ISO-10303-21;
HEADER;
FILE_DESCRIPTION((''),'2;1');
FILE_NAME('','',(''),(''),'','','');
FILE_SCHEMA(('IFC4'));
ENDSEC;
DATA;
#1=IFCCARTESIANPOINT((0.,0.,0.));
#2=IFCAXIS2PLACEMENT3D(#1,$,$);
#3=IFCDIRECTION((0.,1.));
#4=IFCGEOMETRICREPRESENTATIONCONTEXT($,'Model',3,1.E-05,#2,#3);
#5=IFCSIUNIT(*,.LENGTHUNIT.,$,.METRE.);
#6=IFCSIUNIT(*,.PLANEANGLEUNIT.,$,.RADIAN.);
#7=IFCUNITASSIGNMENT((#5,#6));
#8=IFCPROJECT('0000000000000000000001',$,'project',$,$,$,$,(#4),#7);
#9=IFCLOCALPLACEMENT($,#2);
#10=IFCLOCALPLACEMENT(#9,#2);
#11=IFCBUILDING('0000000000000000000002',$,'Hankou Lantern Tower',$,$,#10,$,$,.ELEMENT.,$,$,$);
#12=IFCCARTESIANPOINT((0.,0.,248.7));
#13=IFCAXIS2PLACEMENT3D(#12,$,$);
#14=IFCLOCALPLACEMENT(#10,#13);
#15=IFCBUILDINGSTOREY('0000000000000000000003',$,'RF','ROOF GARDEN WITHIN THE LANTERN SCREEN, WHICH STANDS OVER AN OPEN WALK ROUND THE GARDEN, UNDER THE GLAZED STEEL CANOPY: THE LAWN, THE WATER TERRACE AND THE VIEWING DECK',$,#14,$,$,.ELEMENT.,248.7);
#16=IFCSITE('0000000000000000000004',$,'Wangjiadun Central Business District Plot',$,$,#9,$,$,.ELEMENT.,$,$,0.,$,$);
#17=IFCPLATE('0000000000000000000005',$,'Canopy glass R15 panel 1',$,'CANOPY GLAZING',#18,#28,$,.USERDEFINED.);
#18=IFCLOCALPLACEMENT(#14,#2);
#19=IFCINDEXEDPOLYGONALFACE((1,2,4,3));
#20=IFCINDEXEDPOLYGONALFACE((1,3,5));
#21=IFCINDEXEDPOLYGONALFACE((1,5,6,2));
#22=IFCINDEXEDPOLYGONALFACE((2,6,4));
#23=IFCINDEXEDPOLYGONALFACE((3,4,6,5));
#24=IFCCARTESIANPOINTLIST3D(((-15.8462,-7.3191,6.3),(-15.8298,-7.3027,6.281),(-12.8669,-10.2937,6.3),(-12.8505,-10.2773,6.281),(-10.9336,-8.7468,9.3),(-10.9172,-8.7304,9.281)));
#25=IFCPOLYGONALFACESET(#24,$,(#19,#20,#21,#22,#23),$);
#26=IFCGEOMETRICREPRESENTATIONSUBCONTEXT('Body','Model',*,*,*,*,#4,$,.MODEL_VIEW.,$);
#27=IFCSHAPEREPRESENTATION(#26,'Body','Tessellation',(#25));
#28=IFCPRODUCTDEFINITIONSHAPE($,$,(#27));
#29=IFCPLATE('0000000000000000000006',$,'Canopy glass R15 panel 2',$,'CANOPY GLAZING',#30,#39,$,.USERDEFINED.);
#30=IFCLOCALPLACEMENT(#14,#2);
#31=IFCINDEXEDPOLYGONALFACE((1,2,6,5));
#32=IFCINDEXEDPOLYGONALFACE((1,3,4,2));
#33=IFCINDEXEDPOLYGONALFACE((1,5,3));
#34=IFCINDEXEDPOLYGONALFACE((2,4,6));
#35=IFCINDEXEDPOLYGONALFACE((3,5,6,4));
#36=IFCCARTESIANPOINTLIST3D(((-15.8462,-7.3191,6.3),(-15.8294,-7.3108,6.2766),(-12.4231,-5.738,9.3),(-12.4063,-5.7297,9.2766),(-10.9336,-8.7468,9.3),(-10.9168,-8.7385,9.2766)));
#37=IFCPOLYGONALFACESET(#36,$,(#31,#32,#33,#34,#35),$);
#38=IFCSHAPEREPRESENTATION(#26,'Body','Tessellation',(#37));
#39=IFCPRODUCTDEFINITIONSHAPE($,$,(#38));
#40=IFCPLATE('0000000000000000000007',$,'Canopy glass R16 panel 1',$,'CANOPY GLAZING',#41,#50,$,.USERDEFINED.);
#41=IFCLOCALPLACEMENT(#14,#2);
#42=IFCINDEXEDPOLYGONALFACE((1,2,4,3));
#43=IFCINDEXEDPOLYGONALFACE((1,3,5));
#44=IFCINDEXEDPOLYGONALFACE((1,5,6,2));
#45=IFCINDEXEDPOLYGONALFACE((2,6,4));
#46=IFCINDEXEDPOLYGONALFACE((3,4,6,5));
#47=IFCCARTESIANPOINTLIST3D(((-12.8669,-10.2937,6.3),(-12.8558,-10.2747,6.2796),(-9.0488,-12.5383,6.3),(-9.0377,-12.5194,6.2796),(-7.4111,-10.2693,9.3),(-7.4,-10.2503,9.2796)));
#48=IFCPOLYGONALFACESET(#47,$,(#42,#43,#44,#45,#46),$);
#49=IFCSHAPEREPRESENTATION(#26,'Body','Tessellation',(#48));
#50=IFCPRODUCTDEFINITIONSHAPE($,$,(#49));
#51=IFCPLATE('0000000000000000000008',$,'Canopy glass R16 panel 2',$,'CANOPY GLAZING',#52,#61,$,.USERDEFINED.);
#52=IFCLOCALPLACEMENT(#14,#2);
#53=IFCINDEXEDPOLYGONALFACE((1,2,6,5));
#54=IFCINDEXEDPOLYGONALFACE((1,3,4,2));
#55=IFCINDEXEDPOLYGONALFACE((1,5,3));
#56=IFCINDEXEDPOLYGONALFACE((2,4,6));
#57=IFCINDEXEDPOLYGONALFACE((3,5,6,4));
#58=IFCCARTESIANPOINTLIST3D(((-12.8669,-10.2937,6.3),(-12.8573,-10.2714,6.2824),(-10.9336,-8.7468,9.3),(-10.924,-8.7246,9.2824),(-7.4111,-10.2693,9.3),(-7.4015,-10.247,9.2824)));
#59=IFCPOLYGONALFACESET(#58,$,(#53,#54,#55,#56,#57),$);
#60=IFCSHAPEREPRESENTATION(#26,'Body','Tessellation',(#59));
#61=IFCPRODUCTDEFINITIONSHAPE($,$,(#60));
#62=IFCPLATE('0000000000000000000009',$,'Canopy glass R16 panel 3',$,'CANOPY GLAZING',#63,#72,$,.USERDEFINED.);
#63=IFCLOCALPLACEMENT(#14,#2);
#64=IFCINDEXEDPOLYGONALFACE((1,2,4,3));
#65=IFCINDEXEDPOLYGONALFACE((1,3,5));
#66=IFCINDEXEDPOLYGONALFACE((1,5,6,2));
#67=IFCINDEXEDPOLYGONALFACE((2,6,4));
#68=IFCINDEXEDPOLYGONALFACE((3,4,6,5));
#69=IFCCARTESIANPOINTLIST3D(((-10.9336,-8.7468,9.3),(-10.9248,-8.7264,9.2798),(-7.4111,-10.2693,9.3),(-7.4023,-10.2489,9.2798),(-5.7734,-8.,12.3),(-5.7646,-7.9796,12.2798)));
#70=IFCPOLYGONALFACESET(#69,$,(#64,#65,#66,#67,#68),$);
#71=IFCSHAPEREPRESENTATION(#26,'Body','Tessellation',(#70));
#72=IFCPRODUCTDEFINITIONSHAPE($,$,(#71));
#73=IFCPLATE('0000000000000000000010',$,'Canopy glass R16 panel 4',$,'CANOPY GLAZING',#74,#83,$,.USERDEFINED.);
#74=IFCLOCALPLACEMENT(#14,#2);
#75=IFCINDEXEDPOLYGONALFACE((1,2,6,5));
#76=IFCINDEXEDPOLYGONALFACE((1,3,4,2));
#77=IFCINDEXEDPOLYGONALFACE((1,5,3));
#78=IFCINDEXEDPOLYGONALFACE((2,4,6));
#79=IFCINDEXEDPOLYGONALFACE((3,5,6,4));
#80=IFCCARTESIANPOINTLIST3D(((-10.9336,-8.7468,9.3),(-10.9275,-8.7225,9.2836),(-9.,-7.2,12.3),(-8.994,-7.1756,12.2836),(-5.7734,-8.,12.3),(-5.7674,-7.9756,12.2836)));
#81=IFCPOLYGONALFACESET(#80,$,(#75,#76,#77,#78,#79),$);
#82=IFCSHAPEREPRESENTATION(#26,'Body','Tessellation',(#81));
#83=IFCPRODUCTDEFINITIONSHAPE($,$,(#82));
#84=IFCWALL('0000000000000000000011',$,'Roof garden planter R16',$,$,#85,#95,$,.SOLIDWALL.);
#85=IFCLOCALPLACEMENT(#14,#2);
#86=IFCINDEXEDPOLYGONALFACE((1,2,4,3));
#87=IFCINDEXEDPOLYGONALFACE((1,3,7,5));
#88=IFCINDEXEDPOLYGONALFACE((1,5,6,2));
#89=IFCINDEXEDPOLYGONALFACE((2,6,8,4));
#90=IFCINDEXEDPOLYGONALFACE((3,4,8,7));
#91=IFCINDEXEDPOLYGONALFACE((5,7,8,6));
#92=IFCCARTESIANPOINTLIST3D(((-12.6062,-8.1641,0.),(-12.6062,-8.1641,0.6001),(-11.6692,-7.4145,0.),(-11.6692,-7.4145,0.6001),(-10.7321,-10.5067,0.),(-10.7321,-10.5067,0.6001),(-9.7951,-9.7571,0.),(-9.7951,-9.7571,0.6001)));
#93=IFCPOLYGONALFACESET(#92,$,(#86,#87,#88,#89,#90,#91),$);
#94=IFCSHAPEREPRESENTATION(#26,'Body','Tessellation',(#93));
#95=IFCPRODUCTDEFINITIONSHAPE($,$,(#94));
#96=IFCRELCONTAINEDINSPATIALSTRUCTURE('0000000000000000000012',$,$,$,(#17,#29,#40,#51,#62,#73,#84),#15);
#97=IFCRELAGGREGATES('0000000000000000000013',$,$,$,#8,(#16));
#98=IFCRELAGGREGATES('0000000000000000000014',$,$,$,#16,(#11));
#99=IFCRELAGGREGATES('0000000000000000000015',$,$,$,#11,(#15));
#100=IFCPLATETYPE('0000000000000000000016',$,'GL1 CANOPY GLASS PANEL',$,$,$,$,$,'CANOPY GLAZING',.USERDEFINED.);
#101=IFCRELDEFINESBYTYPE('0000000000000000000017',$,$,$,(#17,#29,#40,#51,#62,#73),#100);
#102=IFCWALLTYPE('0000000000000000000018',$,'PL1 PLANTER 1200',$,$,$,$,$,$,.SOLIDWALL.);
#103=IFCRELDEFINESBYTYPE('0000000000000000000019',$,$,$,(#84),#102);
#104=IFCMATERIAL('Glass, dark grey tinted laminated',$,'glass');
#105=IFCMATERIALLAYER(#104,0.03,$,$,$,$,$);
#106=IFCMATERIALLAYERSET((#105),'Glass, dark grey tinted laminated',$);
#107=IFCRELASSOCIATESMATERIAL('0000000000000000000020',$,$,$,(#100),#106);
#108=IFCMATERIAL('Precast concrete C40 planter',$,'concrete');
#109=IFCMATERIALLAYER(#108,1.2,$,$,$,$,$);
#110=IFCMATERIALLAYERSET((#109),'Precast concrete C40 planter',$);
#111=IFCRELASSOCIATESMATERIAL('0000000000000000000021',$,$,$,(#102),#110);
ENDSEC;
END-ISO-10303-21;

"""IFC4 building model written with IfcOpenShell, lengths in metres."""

from ifc_helpers import new_model, si_unit, direction, frame, frame_2d, origin, place, context, subcontext, project, spatial, polyline, rectangle, outline, extrude, material, layer, layer_set, type_object, element, save


model = new_model("IFC4")

# Units and contexts
model_context = context("Model", 3, precision=1e-05, world=origin(), true_north=direction((0.0, 1.0)))
body_context = subcontext(model_context, "Body", "Model", "MODEL_VIEW")
ifc_project = project(units=[si_unit("LENGTHUNIT", "METRE"), si_unit("PLANEANGLEUNIT", "RADIAN")], contexts=[model_context])

# Site, building, storey
site_placement = place(None, origin())
site = spatial("IfcSite", under=ifc_project, at=site_placement, Name="Wangjiadun Central Business District Plot", CompositionType="ELEMENT", RefElevation=0.0)
building_placement = place(site_placement, origin())
building = spatial("IfcBuilding", under=site, at=building_placement, Name="Hankou Lantern Tower", CompositionType="ELEMENT")
storey_placement = place(building_placement, frame((0.0, 0.0, 248.7)))
storey = spatial("IfcBuildingStorey", under=building, at=storey_placement, Name="RF", Description="ROOF GARDEN WITHIN THE LANTERN SCREEN, WHICH STANDS OVER AN OPEN WALK ROUND THE GARDEN, UNDER THE GLAZED STEEL CANOPY: THE LAWN, THE WATER TERRACE AND THE VIEWING DECK", CompositionType="ELEMENT", Elevation=248.7)

# Plates
ifc_material_1 = material(Name="Glass, dark grey tinted laminated", Category="glass")
ifc_layer_1 = layer(ifc_material_1, 0.03)
ifc_layer_set_1 = layer_set([ifc_layer_1], Name="Glass, dark grey tinted laminated")
plate_type = type_object("IfcPlateType", Name="GL1 CANOPY GLASS PANEL", ElementType="CANOPY GLAZING", PredefinedType="USERDEFINED", material=ifc_layer_set_1)
plate_1_placement = place(storey_placement, frame((-15.8462, -7.3191, 6.3), z_axis=(-0.546296, -0.547148, 0.634184), x_axis=(0.707657, -0.706556, 0.0)))
element("IfcPlate", 1, at=plate_1_placement, inside=storey, type_object=plate_type, Name="Canopy glass R15 panel 1", ObjectType="CANOPY GLAZING", PredefinedType="USERDEFINED", context=body_context, shape_type="SweptSolid", body=[
    extrude(outline(polyline([(0.0, 0.0), (4.21, 0.0), (4.4852, 3.8801), (0.0, 0.0)])), origin(), (0.0, 0.0, -1.0), 0.03),
])
plate_2_placement = place(storey_placement, frame((-15.8462, -7.3191, 6.3), z_axis=(-0.558103, -0.276289, 0.782423), x_axis=(0.828347, -0.24074, 0.505851)))
element("IfcPlate", 2, at=plate_2_placement, inside=storey, type_object=plate_type, Name="Canopy glass R15 panel 2", ObjectType="CANOPY GLAZING", PredefinedType="USERDEFINED", context=body_context, shape_type="SweptSolid", body=[
    extrude(outline(polyline([(0.0, 0.0), (5.9306, 0.0), (3.9724, 2.7271), (0.0, 0.0)])), origin(), (0.0, 0.0, -1.0), 0.03),
])
plate_3_placement = place(storey_placement, frame((-12.8669, -10.2937, 6.3), z_axis=(-0.371358, -0.631681, 0.680494), x_axis=(0.862065, -0.506798, 0.0)))
element("IfcPlate", 3, at=plate_3_placement, inside=storey, type_object=plate_type, Name="Canopy glass R16 panel 1", ObjectType="CANOPY GLAZING", PredefinedType="USERDEFINED", context=body_context, shape_type="SweptSolid", body=[
    extrude(outline(polyline([(0.0, 0.0), (4.429, 0.0), (4.6909, 4.0941), (0.0, 0.0)])), origin(), (0.0, 0.0, -1.0), 0.03),
])
plate_4_placement = place(storey_placement, frame((-12.8669, -10.2937, 6.3), z_axis=(-0.320599, -0.741757, 0.589078), x_axis=(0.876256, 0.003921, 0.481829)))
element("IfcPlate", 4, at=plate_4_placement, inside=storey, type_object=plate_type, Name="Canopy glass R16 panel 2", ObjectType="CANOPY GLAZING", PredefinedType="USERDEFINED", context=body_context, shape_type="SweptSolid", body=[
    extrude(outline(polyline([(0.0, 0.0), (6.2263, 0.0), (3.1457, 2.2881), (0.0, 0.0)])), origin(), (0.0, 0.0, -1.0), 0.03),
])
plate_5_placement = place(storey_placement, frame((-10.9336, -8.7468, 9.3), z_axis=(-0.293297, -0.678591, 0.673417), x_axis=(0.91793, -0.396743, 0.0)))
element("IfcPlate", 5, at=plate_5_placement, inside=storey, type_object=plate_type, Name="Canopy glass R16 panel 3", ObjectType="CANOPY GLAZING", PredefinedType="USERDEFINED", context=body_context, shape_type="SweptSolid", body=[
    extrude(outline(polyline([(0.0, 0.0), (3.8374, 0.0), (4.4404, 4.0581), (0.0, 0.0)])), origin(), (0.0, 0.0, -1.0), 0.03),
])
plate_6_placement = place(storey_placement, frame((-10.9336, -8.7468, 9.3), z_axis=(-0.201272, -0.811721, 0.548269), x_axis=(0.857825, 0.124153, 0.49872)))
element("IfcPlate", 6, at=plate_6_placement, inside=storey, type_object=plate_type, Name="Canopy glass R16 panel 4", ObjectType="CANOPY GLAZING", PredefinedType="USERDEFINED", context=body_context, shape_type="SweptSolid", body=[
    extrude(outline(polyline([(0.0, 0.0), (6.0154, 0.0), (3.3469, 1.9824), (0.0, 0.0)])), origin(), (0.0, 0.0, -1.0), 0.03),
])

# Wall
ifc_material_2 = material(Name="Precast concrete C40 planter", Category="concrete")
ifc_layer_2 = layer(ifc_material_2, 1.2)
ifc_layer_set_2 = layer_set([ifc_layer_2], Name="Precast concrete C40 planter")
wall_type = type_object("IfcWallType", Name="PL1 PLANTER 1200", PredefinedType="SOLIDWALL", material=ifc_layer_set_2)
wall_placement = place(storey_placement, frame((-12.1377, -7.7893, 0.0), z_axis=(0.0, 0.0, 1.0), x_axis=(0.624695, -0.780869, 0.0)))
element("IfcWall", 7, at=wall_placement, inside=storey, type_object=wall_type, Name="Roof garden planter R16", PredefinedType="SOLIDWALL", context=body_context, shape_type="SweptSolid", body=[
    extrude(rectangle(XDim=3.0, YDim=1.2, at=frame_2d((1.5, 0.0))), origin(), (0.0, 0.0, 1.0), 0.6001),
])

save(model, "model.ifc")
